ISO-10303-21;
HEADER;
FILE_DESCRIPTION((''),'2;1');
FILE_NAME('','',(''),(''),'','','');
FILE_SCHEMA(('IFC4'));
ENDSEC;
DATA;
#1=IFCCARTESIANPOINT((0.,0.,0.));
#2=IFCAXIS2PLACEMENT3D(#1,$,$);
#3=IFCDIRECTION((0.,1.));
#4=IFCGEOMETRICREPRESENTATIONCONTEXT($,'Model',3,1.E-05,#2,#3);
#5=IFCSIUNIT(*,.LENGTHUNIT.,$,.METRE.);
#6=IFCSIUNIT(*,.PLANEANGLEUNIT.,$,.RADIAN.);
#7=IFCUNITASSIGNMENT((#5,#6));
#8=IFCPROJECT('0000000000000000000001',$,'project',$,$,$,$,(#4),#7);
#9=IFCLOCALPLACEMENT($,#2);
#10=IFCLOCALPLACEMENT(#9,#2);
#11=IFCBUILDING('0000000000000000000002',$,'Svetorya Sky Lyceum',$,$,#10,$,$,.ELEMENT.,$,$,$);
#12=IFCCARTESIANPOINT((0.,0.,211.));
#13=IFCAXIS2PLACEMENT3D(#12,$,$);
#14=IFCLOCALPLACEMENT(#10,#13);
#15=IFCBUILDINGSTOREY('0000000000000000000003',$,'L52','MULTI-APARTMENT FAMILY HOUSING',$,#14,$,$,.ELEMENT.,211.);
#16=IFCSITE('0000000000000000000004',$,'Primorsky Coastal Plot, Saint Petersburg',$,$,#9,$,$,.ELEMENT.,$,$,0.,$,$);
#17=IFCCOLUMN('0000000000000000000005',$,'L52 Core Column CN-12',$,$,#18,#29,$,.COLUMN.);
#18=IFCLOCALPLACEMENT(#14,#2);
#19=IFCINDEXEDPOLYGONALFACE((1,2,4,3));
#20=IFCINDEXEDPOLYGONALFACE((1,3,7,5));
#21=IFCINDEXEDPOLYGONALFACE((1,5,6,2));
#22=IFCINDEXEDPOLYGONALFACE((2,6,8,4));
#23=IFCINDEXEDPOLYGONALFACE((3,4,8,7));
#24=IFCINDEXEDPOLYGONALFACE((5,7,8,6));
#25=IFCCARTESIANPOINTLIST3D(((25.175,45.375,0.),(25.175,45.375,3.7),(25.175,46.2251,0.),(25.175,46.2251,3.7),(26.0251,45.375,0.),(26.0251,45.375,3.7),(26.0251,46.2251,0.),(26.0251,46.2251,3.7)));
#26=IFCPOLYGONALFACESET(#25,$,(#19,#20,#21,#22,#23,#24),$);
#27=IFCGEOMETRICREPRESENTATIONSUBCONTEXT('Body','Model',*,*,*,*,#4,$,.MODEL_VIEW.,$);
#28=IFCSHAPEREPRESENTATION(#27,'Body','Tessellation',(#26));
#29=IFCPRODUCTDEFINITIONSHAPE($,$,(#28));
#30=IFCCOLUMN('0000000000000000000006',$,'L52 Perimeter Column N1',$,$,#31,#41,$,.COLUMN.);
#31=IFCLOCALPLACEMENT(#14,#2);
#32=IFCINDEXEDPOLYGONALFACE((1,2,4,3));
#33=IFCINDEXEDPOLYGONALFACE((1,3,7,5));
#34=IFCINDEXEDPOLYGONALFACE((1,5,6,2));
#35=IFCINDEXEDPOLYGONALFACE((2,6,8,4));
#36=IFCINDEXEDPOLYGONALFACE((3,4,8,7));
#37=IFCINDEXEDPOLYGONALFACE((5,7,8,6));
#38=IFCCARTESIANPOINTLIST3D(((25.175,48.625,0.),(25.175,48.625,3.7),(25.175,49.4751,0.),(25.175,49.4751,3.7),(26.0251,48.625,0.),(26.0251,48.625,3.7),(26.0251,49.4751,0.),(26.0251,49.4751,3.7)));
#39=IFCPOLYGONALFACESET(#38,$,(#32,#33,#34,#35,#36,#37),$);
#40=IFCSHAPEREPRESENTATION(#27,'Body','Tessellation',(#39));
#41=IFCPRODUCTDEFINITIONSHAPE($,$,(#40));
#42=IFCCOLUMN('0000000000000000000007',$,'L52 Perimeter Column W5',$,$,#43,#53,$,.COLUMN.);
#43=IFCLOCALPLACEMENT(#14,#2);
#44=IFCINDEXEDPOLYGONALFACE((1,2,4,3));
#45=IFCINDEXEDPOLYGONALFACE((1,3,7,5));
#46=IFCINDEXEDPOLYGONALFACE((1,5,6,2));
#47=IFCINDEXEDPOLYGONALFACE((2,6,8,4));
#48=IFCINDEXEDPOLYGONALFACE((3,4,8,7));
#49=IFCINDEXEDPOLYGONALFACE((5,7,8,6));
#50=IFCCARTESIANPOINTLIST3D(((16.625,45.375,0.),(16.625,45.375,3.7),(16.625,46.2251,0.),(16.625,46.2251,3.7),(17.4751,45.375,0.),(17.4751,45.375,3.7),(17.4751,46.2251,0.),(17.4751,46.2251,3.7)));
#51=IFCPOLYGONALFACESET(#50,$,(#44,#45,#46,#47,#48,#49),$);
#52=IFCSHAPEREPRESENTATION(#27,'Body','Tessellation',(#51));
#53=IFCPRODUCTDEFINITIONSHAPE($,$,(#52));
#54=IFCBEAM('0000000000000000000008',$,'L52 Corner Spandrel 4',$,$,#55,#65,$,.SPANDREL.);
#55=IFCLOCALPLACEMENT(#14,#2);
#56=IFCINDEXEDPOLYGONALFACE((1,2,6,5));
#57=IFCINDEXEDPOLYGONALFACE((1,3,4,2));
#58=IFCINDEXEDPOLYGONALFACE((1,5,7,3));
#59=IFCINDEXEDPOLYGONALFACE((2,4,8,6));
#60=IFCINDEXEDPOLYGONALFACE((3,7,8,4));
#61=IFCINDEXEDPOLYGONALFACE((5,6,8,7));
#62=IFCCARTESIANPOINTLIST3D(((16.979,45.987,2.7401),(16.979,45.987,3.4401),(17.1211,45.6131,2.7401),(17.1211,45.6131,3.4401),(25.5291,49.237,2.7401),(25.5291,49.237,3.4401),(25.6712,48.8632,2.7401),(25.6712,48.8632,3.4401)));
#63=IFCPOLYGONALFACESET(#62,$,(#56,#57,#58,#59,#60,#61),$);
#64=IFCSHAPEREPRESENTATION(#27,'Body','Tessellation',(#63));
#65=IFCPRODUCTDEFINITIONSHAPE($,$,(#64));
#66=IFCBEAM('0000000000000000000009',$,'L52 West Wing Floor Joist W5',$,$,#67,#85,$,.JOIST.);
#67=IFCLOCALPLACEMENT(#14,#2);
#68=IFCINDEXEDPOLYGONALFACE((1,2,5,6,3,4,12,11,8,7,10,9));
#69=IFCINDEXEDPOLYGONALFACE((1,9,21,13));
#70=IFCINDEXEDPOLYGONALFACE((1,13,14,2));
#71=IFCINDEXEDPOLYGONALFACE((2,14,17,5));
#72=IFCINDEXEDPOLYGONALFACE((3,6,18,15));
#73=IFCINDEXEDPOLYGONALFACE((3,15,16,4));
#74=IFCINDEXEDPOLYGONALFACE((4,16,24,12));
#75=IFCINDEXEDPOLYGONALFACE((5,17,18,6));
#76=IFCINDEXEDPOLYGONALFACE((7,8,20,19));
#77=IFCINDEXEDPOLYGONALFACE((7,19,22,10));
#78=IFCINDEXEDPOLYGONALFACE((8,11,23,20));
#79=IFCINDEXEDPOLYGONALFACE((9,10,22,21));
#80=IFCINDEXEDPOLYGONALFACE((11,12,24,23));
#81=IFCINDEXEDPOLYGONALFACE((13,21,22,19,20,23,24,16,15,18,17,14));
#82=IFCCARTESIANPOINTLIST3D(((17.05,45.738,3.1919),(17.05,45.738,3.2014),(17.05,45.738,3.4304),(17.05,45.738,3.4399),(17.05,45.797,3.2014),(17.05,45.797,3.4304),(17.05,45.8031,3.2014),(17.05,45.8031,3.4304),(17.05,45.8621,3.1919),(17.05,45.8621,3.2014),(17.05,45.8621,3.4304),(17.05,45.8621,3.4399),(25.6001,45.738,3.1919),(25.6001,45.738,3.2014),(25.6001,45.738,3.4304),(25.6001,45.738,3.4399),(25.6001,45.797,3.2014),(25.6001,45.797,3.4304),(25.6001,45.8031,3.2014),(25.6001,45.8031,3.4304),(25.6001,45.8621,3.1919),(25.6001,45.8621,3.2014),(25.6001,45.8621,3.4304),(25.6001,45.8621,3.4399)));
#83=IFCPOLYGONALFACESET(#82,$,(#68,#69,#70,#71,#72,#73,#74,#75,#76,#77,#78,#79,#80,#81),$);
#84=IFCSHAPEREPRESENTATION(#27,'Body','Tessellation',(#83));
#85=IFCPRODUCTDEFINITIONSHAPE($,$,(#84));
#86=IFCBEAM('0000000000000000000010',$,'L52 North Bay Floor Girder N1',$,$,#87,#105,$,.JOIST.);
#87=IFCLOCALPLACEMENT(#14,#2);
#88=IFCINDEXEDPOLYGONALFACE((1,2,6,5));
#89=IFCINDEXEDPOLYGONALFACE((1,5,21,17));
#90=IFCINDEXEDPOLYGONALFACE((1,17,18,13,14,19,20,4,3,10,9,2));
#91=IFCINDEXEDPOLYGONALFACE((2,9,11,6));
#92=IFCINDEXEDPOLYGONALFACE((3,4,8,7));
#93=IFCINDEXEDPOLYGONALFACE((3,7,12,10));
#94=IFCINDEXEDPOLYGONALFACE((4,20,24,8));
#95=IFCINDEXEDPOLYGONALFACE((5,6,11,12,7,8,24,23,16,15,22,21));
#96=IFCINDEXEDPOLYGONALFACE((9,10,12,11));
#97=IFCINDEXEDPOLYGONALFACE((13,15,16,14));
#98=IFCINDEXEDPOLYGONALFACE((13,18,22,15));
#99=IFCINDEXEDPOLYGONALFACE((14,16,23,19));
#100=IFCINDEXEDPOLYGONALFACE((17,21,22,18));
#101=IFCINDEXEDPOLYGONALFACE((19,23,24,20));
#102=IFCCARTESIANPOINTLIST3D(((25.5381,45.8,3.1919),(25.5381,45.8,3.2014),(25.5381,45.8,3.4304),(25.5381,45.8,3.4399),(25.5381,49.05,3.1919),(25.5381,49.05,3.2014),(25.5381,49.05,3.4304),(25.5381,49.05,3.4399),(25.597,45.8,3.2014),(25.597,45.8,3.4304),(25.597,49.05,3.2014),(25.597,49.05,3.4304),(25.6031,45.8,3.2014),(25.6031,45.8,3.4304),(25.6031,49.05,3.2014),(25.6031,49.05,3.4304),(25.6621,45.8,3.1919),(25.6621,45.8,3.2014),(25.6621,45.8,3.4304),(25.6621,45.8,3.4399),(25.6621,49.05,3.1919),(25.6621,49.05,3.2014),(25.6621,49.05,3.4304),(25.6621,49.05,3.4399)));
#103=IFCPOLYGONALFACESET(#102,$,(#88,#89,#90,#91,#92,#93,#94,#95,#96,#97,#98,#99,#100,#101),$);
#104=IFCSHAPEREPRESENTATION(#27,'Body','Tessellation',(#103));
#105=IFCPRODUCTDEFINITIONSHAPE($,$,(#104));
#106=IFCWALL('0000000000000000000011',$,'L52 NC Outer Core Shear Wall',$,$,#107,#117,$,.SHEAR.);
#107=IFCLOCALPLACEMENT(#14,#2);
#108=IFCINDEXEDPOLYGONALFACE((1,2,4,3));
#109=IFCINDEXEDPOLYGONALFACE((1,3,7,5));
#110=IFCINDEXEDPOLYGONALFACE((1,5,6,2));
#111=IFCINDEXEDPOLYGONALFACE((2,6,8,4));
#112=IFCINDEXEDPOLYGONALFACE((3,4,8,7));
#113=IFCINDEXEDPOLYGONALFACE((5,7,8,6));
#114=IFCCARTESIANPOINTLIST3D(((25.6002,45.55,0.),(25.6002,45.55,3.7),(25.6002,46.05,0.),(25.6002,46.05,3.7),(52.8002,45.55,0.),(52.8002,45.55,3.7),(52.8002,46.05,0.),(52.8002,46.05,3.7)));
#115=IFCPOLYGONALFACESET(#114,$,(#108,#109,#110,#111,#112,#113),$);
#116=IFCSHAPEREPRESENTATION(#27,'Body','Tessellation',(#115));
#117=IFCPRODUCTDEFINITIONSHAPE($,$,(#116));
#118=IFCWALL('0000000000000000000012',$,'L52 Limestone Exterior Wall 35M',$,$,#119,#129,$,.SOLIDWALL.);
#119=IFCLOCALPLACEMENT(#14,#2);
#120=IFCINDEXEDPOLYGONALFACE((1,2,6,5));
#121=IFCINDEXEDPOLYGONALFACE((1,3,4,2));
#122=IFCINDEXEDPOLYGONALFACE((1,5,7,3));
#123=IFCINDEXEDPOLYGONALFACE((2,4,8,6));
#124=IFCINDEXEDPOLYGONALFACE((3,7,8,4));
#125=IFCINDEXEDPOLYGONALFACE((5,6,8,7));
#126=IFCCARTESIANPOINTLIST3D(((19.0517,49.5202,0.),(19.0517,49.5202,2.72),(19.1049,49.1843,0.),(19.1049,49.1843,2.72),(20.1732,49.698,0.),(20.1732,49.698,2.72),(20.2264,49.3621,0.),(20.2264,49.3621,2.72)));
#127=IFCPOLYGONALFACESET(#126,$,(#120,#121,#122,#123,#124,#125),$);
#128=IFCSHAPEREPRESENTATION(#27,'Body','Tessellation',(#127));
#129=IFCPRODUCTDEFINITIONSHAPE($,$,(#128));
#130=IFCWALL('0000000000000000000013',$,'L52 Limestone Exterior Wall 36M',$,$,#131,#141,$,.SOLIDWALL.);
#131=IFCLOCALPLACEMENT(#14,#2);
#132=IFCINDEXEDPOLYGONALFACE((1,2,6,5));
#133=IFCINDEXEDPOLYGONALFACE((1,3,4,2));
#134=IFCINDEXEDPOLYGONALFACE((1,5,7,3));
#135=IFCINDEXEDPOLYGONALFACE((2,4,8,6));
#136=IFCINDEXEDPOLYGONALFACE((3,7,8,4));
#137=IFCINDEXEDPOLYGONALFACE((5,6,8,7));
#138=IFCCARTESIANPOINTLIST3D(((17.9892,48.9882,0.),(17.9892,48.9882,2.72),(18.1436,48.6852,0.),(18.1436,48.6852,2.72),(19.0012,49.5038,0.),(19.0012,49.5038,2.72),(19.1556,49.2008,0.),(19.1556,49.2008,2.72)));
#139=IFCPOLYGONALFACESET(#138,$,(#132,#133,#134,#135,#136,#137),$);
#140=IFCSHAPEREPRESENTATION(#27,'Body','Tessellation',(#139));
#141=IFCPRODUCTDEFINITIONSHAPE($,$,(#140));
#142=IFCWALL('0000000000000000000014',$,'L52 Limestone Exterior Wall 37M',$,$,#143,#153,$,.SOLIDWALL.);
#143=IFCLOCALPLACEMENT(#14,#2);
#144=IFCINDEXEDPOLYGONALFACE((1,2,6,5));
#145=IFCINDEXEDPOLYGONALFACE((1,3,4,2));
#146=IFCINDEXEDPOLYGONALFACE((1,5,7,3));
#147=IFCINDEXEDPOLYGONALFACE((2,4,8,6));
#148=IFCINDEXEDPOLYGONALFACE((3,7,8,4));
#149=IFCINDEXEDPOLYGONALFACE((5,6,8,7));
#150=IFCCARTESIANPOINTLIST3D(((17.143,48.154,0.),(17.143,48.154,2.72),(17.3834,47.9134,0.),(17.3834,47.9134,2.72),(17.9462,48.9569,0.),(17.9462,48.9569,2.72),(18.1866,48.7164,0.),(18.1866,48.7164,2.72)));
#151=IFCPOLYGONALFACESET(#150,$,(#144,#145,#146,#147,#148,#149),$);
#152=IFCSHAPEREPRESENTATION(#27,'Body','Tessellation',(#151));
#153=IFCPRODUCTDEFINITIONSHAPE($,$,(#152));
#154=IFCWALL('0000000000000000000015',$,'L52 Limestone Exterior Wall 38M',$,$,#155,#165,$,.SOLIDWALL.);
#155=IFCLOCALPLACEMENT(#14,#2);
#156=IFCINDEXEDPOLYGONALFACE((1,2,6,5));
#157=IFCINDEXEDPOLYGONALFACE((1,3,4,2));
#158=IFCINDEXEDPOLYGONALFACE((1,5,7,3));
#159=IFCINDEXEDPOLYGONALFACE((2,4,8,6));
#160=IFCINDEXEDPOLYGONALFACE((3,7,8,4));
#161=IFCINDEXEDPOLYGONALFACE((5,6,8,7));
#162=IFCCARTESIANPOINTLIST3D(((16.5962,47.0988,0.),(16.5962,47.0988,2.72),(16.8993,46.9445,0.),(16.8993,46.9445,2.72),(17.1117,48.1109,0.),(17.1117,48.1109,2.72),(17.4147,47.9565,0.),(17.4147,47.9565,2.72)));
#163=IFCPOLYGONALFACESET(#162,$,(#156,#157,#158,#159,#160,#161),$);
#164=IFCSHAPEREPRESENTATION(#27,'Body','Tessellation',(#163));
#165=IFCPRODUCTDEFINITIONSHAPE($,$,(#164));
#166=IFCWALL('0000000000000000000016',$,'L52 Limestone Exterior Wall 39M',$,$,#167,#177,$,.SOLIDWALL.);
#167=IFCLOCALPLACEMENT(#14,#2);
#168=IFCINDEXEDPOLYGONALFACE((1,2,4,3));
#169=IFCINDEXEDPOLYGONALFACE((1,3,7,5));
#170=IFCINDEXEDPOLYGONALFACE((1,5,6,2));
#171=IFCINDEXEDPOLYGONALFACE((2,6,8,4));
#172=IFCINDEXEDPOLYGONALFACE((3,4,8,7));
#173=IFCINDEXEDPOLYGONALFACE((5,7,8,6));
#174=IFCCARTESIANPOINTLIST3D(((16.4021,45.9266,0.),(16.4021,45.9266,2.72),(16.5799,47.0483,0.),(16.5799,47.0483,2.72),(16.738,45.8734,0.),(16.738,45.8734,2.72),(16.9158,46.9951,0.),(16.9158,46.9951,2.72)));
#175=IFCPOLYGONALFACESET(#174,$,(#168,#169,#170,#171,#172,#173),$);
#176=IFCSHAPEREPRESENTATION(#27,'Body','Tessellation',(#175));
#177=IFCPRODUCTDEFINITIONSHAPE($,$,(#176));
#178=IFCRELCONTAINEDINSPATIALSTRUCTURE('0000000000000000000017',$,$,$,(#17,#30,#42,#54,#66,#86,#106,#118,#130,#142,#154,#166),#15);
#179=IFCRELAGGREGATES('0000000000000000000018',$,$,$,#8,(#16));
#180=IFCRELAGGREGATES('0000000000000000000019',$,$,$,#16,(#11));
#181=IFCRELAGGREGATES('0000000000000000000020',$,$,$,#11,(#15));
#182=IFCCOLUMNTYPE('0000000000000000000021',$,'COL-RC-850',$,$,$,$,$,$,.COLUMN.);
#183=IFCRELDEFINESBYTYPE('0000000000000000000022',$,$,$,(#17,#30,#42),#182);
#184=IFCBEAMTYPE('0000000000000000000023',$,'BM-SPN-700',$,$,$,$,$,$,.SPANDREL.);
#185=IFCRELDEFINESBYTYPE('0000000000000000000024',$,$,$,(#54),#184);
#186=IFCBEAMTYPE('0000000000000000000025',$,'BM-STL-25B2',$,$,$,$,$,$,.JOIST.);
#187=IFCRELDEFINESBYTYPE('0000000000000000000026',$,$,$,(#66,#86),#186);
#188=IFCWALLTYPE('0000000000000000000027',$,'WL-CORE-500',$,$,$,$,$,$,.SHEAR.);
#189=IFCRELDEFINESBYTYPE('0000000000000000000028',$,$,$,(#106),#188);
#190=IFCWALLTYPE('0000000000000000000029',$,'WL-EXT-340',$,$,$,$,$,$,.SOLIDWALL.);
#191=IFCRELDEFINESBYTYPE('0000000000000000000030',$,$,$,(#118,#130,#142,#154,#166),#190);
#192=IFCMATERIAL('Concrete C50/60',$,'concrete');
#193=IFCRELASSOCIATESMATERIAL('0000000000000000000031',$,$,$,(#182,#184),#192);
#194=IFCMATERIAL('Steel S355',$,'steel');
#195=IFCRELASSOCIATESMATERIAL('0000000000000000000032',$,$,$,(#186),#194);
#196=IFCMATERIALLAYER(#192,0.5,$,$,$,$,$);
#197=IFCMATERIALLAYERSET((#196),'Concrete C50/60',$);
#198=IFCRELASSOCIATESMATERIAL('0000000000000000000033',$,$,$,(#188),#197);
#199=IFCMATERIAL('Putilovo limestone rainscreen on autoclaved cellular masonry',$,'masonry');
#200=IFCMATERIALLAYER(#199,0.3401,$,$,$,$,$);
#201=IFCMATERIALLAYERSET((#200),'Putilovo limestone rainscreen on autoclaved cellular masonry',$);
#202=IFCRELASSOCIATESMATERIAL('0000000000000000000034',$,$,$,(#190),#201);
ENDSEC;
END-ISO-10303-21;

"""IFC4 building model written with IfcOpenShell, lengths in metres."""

from ifc_helpers import new_model, si_unit, direction, frame, frame_2d, origin, origin_2d, place, context, subcontext, project, spatial, rectangle, i_section, extrude, material, layer, layer_set, material_profile, profile_set, type_object, element, save


model = new_model("IFC4")

# Units and contexts
model_context = context("Model", 3, precision=1e-05, world=origin(), true_north=direction((0.0, 1.0)))
body_context = subcontext(model_context, "Body", "Model", "MODEL_VIEW")
ifc_project = project(units=[si_unit("LENGTHUNIT", "METRE"), si_unit("PLANEANGLEUNIT", "RADIAN")], contexts=[model_context])

# Site, building, storey
site_placement = place(None, origin())
site = spatial("IfcSite", under=ifc_project, at=site_placement, Name="Primorsky Coastal Plot, Saint Petersburg", CompositionType="ELEMENT", RefElevation=0.0)
building_placement = place(site_placement, origin())
building = spatial("IfcBuilding", under=site, at=building_placement, Name="Svetorya Sky Lyceum", CompositionType="ELEMENT")
storey_placement = place(building_placement, frame((0.0, 0.0, 211.0)))
storey = spatial("IfcBuildingStorey", under=building, at=storey_placement, Name="L52", Description="MULTI-APARTMENT FAMILY HOUSING", CompositionType="ELEMENT", Elevation=211.0)

# Columns
ifc_material_1 = material(Name="Concrete C50/60", Category="concrete")
ifc_material_profile_1 = material_profile(ifc_material_1, rectangle(XDim=0.8501, YDim=0.8501, at=origin_2d()), Name="RC COL 850x850")
ifc_profile_set_1 = profile_set([ifc_material_profile_1], Name="Concrete C50/60")
column_type = type_object("IfcColumnType", Name="COL-RC-850", PredefinedType="COLUMN", material=ifc_profile_set_1)
for number, where, z_axis, x_axis, name in (
    (1, (25.6001, 45.8, 0.0), (0.0, 0.0, 1.0), (1.0, 0.0, 0.0), "L52 Core Column CN-12"),
    (2, (25.6001, 49.05, 0.0), (0.0, 0.0, 1.0), (1.0, 0.0, 0.0), "L52 Perimeter Column N1"),
    (3, (17.05, 45.8, 0.0), (0.0, 0.0, 1.0), (1.0, 0.0, 0.0), "L52 Perimeter Column W5"),
):
    element("IfcColumn", number, at=place(storey_placement, frame(where, z_axis=z_axis, x_axis=x_axis)), inside=storey, type_object=column_type, Name=name, PredefinedType="COLUMN", context=body_context, shape_type="SweptSolid", body=[
        extrude(rectangle(XDim=0.8501, YDim=0.8501, at=origin_2d()), origin(), (0.0, 0.0, 1.0), 3.7),
    ])

# Beams
ifc_material_profile_2 = material_profile(ifc_material_1, rectangle(XDim=0.3999, YDim=0.7, at=origin_2d()), Name="RC SPANDREL 400x700")
ifc_profile_set_2 = profile_set([ifc_material_profile_2], Name="Concrete C50/60")
beam_type_1 = type_object("IfcBeamType", Name="BM-SPN-700", PredefinedType="SPANDREL", material=ifc_profile_set_2)
beam_1_placement = place(storey_placement, frame((17.05, 45.8, 3.0901), z_axis=(0.934748, 0.355312, 0.0), x_axis=(-0.355312, 0.934748, 0.0)))
element("IfcBeam", 4, at=beam_1_placement, inside=storey, type_object=beam_type_1, Name="L52 Corner Spandrel 4", PredefinedType="SPANDREL", context=body_context, shape_type="SweptSolid", body=[
    extrude(rectangle(XDim=0.3999, YDim=0.7, at=origin_2d()), origin(), (0.0, 0.0, 1.0), 9.147),
])
ifc_material_2 = material(Name="Steel S355", Category="steel")
ifc_material_profile_3 = material_profile(ifc_material_2, i_section(OverallWidth=0.124, OverallDepth=0.248, WebThickness=0.0061, FlangeThickness=0.0095, at=origin_2d()), Name="GOST 25B2")
ifc_profile_set_3 = profile_set([ifc_material_profile_3], Name="Steel S355")
beam_type_2 = type_object("IfcBeamType", Name="BM-STL-25B2", PredefinedType="JOIST", material=ifc_profile_set_3)
beam_2_placement = place(storey_placement, frame((17.05, 45.8, 3.3159), z_axis=(1.0, 0.0, 0.0), x_axis=(0.0, 1.0, 0.0)))
element("IfcBeam", 5, at=beam_2_placement, inside=storey, type_object=beam_type_2, Name="L52 West Wing Floor Joist W5", PredefinedType="JOIST", context=body_context, shape_type="SweptSolid", body=[
    extrude(i_section(OverallWidth=0.124, OverallDepth=0.248, WebThickness=0.0061, FlangeThickness=0.0095, at=origin_2d()), origin(), (0.0, 0.0, 1.0), 8.55),
])
beam_3_placement = place(storey_placement, frame((25.6001, 45.8, 3.3159), z_axis=(0.0, 1.0, 0.0), x_axis=(-1.0, 0.0, 0.0)))
element("IfcBeam", 6, at=beam_3_placement, inside=storey, type_object=beam_type_2, Name="L52 North Bay Floor Girder N1", PredefinedType="JOIST", context=body_context, shape_type="SweptSolid", body=[
    extrude(i_section(OverallWidth=0.124, OverallDepth=0.248, WebThickness=0.0061, FlangeThickness=0.0095, at=origin_2d()), origin(), (0.0, 0.0, 1.0), 3.25),
])

# Walls
ifc_layer_1 = layer(ifc_material_1, 0.5)
ifc_layer_set_1 = layer_set([ifc_layer_1], Name="Concrete C50/60")
wall_type_1 = type_object("IfcWallType", Name="WL-CORE-500", PredefinedType="SHEAR", material=ifc_layer_set_1)
wall_1_placement = place(storey_placement, frame((25.6001, 45.8, 0.0), z_axis=(0.0, 0.0, 1.0), x_axis=(1.0, 0.0, 0.0)))
element("IfcWall", 7, at=wall_1_placement, inside=storey, type_object=wall_type_1, Name="L52 NC Outer Core Shear Wall", PredefinedType="SHEAR", context=body_context, shape_type="SweptSolid", body=[
    extrude(rectangle(XDim=27.2, YDim=0.5, at=frame_2d((13.6001, 0.0))), origin(), (0.0, 0.0, 1.0), 3.7),
])
ifc_material_3 = material(Name="Putilovo limestone rainscreen on autoclaved cellular masonry", Category="masonry")
ifc_layer_2 = layer(ifc_material_3, 0.3401)
ifc_layer_set_2 = layer_set([ifc_layer_2], Name="Putilovo limestone rainscreen on autoclaved cellular masonry")
wall_type_2 = type_object("IfcWallType", Name="WL-EXT-340", PredefinedType="SOLIDWALL", material=ifc_layer_set_2)
wall_2_placement = place(storey_placement, frame((20.2, 49.53, 0.0), z_axis=(0.0, 0.0, 1.0), x_axis=(-0.987676, -0.156515, 0.0)))
element("IfcWall", 8, at=wall_2_placement, inside=storey, type_object=wall_type_2, Name="L52 Limestone Exterior Wall 35M", PredefinedType="SOLIDWALL", context=body_context, shape_type="SweptSolid", body=[
    extrude(rectangle(XDim=1.1355, YDim=0.3401, at=frame_2d((0.5679, 0.0))), origin(), (0.0, 0.0, 1.0), 2.72),
])
for number, where, z_axis, x_axis, name in (
    (9, (19.0784, 49.3523, 0.0), (0.0, 0.0, 1.0), (-0.891005, -0.453993, 0.0), "L52 Limestone Exterior Wall 36M"),
    (10, (18.0664, 48.8367, 0.0), (0.0, 0.0, 1.0), (-0.707214, -0.706999, 0.0), "L52 Limestone Exterior Wall 37M"),
    (11, (17.2632, 48.0337, 0.0), (0.0, 0.0, 1.0), (-0.453823, -0.891092, 0.0), "L52 Limestone Exterior Wall 38M"),
    (12, (16.7478, 47.0217, 0.0), (0.0, 0.0, 1.0), (-0.156481, -0.987681, 0.0), "L52 Limestone Exterior Wall 39M"),
):
    element("IfcWall", number, at=place(storey_placement, frame(where, z_axis=z_axis, x_axis=x_axis)), inside=storey, type_object=wall_type_2, Name=name, PredefinedType="SOLIDWALL", context=body_context, shape_type="SweptSolid", body=[
        extrude(rectangle(XDim=1.1357, YDim=0.3401, at=frame_2d((0.5679, 0.0))), origin(), (0.0, 0.0, 1.0), 2.72),
    ])

save(model, "model.ifc")
